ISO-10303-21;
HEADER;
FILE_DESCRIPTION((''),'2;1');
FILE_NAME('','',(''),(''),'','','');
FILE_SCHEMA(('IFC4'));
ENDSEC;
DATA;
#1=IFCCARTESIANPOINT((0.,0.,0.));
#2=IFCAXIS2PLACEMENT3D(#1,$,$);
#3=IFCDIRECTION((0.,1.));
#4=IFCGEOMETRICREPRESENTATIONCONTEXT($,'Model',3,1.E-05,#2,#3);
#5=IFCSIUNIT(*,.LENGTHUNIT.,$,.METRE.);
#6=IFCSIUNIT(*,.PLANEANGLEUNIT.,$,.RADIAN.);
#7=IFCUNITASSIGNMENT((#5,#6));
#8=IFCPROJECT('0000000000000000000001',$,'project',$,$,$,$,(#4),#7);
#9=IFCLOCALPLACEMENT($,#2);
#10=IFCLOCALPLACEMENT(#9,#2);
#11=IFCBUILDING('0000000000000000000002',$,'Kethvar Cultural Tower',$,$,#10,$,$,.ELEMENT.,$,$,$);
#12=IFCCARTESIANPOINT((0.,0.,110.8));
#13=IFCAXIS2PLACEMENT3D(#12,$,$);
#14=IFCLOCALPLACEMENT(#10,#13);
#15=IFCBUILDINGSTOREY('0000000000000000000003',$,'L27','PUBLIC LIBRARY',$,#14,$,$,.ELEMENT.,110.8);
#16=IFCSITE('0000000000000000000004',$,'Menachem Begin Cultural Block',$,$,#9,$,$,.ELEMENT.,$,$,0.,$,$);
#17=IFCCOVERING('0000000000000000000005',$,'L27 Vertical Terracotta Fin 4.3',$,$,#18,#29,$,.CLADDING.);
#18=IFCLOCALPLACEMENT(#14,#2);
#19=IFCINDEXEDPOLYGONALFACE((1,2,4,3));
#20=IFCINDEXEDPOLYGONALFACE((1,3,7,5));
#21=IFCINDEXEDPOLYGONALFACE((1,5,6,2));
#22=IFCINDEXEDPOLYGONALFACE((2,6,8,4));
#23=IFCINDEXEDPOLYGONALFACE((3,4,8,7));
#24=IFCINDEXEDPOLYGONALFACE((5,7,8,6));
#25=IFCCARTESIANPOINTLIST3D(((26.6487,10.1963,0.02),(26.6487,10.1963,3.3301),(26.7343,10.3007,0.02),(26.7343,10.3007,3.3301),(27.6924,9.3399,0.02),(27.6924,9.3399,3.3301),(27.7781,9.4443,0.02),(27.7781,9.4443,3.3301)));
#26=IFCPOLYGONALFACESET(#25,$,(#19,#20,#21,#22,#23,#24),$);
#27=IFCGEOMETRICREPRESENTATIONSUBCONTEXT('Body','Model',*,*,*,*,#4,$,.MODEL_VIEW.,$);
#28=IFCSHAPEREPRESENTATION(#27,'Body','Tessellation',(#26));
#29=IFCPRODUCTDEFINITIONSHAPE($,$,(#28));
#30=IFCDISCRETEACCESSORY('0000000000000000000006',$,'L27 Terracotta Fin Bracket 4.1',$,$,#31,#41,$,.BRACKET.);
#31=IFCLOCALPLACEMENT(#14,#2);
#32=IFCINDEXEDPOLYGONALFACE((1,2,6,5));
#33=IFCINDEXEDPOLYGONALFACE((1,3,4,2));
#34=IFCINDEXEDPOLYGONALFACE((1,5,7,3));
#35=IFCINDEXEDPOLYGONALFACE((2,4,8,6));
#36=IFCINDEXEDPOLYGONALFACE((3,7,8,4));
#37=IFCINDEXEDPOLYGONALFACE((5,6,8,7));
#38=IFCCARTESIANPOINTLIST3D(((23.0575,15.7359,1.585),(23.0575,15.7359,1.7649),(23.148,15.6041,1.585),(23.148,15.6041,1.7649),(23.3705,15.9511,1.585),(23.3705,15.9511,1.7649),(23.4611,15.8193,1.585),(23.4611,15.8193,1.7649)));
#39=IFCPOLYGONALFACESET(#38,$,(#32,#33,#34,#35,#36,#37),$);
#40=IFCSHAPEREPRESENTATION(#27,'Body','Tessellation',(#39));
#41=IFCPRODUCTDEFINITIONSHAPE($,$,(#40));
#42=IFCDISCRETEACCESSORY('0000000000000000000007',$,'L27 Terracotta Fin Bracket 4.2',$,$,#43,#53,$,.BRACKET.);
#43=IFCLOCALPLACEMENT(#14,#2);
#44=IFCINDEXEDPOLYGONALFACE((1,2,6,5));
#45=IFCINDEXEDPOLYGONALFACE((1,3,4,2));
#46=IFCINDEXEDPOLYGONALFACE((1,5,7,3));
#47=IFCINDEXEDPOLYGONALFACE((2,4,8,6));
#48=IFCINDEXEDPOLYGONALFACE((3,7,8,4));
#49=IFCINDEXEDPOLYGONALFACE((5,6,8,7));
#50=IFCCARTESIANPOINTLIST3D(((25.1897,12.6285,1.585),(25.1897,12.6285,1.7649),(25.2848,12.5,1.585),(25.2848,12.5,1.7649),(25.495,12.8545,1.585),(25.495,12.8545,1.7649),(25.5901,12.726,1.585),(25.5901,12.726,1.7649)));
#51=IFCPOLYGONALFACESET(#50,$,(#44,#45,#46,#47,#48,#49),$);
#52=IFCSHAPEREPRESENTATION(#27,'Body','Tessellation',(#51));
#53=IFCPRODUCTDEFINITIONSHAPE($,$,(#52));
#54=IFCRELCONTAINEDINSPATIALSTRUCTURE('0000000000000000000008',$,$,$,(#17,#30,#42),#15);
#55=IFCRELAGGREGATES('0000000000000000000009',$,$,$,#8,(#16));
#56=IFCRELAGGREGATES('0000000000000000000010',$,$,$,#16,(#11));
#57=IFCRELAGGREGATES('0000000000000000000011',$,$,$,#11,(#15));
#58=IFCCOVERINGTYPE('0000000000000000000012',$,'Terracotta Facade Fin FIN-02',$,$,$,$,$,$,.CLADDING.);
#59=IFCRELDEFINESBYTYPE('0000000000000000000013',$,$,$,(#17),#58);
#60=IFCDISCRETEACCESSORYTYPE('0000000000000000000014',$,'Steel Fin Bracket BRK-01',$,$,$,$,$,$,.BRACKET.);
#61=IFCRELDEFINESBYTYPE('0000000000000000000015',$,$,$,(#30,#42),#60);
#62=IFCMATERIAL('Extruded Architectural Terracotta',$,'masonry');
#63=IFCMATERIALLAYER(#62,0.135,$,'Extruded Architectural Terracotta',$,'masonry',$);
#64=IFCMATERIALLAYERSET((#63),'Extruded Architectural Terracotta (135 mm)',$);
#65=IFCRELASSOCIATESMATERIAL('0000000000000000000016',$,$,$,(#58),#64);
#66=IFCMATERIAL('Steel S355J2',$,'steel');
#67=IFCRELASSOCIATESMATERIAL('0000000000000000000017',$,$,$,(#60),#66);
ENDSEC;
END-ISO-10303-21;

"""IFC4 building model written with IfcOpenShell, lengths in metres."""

from ifc_helpers import new_model, si_unit, direction, frame, origin, origin_2d, place, context, subcontext, project, spatial, rectangle, extrude, source, transform, mapped, material, layer, layer_set, type_object, element, save


model = new_model("IFC4")

# Units and contexts
model_context = context("Model", 3, precision=1e-05, world=origin(), true_north=direction((0.0, 1.0)))
body_context = subcontext(model_context, "Body", "Model", "MODEL_VIEW")
ifc_project = project(units=[si_unit("LENGTHUNIT", "METRE"), si_unit("PLANEANGLEUNIT", "RADIAN")], contexts=[model_context])

# Site, building, storey
site_placement = place(None, origin())
site = spatial("IfcSite", under=ifc_project, at=site_placement, Name="Menachem Begin Cultural Block", CompositionType="ELEMENT", RefElevation=0.0)
building_placement = place(site_placement, origin())
building = spatial("IfcBuilding", under=site, at=building_placement, Name="Kethvar Cultural Tower", CompositionType="ELEMENT")
storey_placement = place(building_placement, frame((0.0, 0.0, 110.8)))
storey = spatial("IfcBuildingStorey", under=building, at=storey_placement, Name="L27", Description="PUBLIC LIBRARY", CompositionType="ELEMENT", Elevation=110.8)

# Shared definitions
ifc_material_1 = material(Name="Steel S355J2", Category="steel")

# Covering
ifc_material_2 = material(Name="Extruded Architectural Terracotta", Category="masonry")
ifc_layer_1 = layer(ifc_material_2, 0.135, Name="Extruded Architectural Terracotta", Category="masonry")
ifc_layer_set_1 = layer_set([ifc_layer_1], Name="Extruded Architectural Terracotta (135 mm)")
covering_type_1 = type_object("IfcCoveringType", Name="Terracotta Facade Fin FIN-02", PredefinedType="CLADDING", material=ifc_layer_set_1)
shared_shape_1 = source(origin(), body_context, "Body", "SweptSolid", [
    extrude(rectangle(XDim=1.3501, YDim=0.135, at=origin_2d()), origin(), (0.0, 0.0, 1.0), 3.3101),
])
for number, where, z_axis, x_axis, name in (
    (1, (27.2134, 9.8203, 0.02), (0.0, 0.0, 1.0), (-0.773066, 0.634326, 0.0), "L27 Vertical Terracotta Fin 4.3"),
):
    element("IfcCovering", number, at=place(storey_placement, frame(where, z_axis=z_axis, x_axis=x_axis)), inside=storey, type_object=covering_type_1, Name=name, PredefinedType="CLADDING", context=body_context, shape_type="MappedRepresentation", body=[
        mapped(shared_shape_1, transform((0.0, 0.0, 0.0), scale=1.0)),
    ])

# Discrete accessories
discrete_accessory_type = type_object("IfcDiscreteAccessoryType", Name="Steel Fin Bracket BRK-01", PredefinedType="BRACKET", material=ifc_material_1)
shared_shape_2 = source(origin(), body_context, "Body", "SweptSolid", [
    extrude(rectangle(XDim=0.3799, YDim=0.1599, at=origin_2d()), origin(), (0.0, 0.0, 1.0), 0.1799),
])
for number, where, z_axis, x_axis, name in (
    (2, (23.2593, 15.7776, 1.585), (0.0, 0.0, 1.0), (-0.824126, -0.566406, 0.0), "L27 Terracotta Fin Bracket 4.1"),
    (3, (25.3899, 12.6772, 1.585), (0.0, 0.0, 1.0), (-0.803753, -0.594963, 0.0), "L27 Terracotta Fin Bracket 4.2"),
):
    element("IfcDiscreteAccessory", number, at=place(storey_placement, frame(where, z_axis=z_axis, x_axis=x_axis)), inside=storey, type_object=discrete_accessory_type, Name=name, PredefinedType="BRACKET", context=body_context, shape_type="MappedRepresentation", body=[
        mapped(shared_shape_2, transform((0.0, 0.0, 0.0), scale=1.0)),
    ])

save(model, "model.ifc")
